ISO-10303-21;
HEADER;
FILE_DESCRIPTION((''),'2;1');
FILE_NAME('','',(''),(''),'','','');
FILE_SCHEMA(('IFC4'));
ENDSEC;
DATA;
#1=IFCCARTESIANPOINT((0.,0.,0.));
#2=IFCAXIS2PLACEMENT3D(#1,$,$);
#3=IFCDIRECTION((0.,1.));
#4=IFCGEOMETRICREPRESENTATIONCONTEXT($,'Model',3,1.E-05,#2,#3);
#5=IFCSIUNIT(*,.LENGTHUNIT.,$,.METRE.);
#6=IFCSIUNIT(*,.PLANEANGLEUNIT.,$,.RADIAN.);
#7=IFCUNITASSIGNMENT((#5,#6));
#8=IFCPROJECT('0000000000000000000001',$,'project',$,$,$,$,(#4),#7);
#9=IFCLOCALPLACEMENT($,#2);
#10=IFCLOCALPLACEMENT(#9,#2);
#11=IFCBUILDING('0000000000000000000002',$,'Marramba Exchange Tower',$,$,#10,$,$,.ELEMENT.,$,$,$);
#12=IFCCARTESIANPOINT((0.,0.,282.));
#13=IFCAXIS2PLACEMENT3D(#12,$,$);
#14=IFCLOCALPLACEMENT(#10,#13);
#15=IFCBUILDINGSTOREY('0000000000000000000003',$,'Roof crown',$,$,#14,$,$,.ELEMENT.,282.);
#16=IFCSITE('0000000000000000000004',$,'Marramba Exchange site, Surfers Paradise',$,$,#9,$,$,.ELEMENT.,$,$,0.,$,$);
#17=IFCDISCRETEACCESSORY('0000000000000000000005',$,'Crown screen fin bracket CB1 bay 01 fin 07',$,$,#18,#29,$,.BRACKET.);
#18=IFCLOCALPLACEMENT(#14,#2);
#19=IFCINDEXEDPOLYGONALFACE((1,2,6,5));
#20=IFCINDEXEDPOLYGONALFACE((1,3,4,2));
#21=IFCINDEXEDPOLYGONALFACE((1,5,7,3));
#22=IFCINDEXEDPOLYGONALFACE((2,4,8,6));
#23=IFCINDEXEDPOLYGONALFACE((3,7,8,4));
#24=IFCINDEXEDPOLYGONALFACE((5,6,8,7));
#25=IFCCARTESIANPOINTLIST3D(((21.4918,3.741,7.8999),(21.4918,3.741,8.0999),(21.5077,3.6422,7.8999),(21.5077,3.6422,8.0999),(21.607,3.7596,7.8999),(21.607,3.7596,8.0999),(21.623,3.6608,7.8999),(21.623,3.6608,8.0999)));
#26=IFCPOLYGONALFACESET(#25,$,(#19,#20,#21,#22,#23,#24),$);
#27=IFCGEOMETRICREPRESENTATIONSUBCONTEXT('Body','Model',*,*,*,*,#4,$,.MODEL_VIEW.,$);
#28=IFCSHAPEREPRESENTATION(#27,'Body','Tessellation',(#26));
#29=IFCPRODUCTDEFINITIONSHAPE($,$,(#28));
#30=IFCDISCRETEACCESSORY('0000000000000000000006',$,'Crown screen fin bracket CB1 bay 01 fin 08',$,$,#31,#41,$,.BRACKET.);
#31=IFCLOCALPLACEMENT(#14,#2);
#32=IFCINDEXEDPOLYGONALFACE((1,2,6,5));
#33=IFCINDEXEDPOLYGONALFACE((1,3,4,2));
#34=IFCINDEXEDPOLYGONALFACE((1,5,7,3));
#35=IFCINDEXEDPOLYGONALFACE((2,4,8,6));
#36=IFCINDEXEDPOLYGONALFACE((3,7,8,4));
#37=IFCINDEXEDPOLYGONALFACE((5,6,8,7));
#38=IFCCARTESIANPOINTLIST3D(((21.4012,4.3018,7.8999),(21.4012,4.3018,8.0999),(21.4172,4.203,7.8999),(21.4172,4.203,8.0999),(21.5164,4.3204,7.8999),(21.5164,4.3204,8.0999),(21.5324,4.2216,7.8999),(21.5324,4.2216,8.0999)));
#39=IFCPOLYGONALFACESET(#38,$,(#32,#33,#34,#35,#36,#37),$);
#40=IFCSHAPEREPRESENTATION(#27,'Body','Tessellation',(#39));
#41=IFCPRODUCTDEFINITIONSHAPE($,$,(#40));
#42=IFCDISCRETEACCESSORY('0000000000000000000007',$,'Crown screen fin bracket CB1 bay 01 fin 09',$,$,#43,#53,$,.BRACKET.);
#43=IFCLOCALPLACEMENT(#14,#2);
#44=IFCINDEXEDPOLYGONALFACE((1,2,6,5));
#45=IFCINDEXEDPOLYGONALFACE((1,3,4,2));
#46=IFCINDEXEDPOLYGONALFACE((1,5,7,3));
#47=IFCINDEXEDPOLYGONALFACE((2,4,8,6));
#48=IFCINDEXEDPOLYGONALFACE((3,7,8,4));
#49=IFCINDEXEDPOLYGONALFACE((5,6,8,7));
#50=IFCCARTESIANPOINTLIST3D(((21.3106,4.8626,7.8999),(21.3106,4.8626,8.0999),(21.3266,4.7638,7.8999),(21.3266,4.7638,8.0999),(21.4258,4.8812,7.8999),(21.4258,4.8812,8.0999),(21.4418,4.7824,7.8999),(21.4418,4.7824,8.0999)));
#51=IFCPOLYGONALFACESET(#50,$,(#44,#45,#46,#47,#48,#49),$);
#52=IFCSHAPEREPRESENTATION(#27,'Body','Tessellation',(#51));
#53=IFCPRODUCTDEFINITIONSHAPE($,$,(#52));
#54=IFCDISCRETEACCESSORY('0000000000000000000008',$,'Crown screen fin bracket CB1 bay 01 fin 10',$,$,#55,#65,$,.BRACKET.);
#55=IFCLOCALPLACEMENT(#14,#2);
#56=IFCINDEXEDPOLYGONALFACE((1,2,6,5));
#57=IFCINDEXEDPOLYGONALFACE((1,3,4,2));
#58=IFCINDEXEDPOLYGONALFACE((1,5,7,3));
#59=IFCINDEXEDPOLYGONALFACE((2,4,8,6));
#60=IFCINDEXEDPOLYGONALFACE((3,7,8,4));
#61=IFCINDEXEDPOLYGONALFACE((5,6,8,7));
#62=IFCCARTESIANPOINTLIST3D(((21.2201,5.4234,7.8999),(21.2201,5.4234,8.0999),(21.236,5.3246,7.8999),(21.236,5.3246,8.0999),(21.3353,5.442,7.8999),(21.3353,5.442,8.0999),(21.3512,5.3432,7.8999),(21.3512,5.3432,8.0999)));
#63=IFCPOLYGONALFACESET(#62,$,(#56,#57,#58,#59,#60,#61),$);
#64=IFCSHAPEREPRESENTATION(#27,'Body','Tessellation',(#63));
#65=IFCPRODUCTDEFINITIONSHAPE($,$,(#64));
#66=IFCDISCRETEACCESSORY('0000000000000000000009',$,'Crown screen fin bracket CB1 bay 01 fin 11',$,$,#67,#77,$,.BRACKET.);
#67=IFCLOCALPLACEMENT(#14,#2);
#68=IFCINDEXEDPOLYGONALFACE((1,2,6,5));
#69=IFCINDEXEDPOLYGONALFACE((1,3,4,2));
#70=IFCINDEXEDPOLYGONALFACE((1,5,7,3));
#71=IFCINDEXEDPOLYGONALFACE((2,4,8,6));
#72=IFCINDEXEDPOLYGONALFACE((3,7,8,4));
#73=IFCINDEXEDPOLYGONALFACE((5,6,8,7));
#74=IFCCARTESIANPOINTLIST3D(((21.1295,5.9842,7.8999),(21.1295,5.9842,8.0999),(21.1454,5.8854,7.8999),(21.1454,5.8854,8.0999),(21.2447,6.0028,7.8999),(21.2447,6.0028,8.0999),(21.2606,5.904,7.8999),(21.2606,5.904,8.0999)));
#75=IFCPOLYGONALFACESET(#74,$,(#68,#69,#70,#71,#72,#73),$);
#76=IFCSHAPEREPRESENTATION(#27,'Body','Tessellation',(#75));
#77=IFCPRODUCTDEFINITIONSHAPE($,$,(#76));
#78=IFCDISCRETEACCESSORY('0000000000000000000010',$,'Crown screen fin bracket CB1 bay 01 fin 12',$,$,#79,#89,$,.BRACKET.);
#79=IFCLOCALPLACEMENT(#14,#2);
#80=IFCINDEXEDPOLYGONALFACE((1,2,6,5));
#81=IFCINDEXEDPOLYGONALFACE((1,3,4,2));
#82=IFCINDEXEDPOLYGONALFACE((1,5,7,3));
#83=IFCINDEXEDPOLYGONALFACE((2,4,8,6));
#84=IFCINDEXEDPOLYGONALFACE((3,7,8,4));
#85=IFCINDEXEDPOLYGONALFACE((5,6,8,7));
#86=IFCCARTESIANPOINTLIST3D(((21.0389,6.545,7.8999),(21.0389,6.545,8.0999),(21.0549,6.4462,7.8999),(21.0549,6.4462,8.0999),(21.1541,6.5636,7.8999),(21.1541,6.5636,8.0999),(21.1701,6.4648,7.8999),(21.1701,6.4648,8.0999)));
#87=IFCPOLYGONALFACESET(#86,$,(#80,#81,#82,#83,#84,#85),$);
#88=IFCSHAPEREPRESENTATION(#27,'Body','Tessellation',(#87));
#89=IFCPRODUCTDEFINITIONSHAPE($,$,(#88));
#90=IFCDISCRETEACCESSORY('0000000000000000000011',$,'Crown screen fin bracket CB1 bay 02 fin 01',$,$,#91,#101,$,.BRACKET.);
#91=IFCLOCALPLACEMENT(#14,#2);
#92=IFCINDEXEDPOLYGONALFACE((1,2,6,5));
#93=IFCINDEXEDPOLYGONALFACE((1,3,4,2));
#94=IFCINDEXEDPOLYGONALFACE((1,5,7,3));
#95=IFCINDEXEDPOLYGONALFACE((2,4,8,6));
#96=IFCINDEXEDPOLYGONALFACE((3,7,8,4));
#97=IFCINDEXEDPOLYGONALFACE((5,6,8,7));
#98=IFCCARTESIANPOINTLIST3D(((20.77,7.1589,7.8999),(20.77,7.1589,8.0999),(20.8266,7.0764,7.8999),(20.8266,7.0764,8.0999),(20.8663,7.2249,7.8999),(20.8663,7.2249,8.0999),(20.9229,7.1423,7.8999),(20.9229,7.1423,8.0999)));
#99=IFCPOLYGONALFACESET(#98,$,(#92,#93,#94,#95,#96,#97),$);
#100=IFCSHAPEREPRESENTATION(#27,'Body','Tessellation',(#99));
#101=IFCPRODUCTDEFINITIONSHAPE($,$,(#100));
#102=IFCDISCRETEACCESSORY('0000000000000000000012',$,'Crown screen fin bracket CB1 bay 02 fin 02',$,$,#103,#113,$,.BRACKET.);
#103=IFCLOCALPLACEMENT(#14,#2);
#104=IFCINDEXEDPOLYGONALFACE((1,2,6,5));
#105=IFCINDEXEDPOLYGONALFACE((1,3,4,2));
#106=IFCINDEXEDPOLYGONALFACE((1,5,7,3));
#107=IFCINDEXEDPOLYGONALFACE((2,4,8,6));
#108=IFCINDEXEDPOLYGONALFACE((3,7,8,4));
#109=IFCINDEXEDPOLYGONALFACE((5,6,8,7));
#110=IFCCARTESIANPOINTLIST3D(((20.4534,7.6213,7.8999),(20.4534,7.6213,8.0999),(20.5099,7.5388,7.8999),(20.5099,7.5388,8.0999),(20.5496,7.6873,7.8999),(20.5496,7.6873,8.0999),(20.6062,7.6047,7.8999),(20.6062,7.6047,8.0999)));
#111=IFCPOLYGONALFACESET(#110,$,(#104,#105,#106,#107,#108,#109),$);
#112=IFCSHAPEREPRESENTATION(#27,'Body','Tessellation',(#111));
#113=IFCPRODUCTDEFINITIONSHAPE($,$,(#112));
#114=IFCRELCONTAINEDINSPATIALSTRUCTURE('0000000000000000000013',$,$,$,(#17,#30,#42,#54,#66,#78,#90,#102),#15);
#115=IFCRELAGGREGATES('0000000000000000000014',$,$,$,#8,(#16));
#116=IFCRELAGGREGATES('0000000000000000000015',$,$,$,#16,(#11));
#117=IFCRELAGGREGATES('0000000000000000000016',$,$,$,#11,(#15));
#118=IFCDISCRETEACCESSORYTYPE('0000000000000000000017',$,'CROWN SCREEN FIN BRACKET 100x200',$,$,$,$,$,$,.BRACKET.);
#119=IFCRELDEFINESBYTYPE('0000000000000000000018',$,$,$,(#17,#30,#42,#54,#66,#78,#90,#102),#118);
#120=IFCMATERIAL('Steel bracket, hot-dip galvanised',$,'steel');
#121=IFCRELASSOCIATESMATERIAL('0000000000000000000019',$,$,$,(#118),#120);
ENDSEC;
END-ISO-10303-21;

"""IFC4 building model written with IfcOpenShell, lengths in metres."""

from ifc_helpers import new_model, si_unit, direction, frame, origin, origin_2d, place, context, subcontext, project, spatial, rectangle, extrude, material, type_object, element, save


model = new_model("IFC4")

# Units and contexts
model_context = context("Model", 3, precision=1e-05, world=origin(), true_north=direction((0.0, 1.0)))
body_context = subcontext(model_context, "Body", "Model", "MODEL_VIEW")
ifc_project = project(units=[si_unit("LENGTHUNIT", "METRE"), si_unit("PLANEANGLEUNIT", "RADIAN")], contexts=[model_context])

# Site, building, storey
site_placement = place(None, origin())
site = spatial("IfcSite", under=ifc_project, at=site_placement, Name="Marramba Exchange site, Surfers Paradise", CompositionType="ELEMENT", RefElevation=0.0)
building_placement = place(site_placement, origin())
building = spatial("IfcBuilding", under=site, at=building_placement, Name="Marramba Exchange Tower", CompositionType="ELEMENT")
storey_placement = place(building_placement, frame((0.0, 0.0, 282.0)))
storey = spatial("IfcBuildingStorey", under=building, at=storey_placement, Name="Roof crown", CompositionType="ELEMENT", Elevation=282.0)

# Discrete accessories
ifc_material_1 = material(Name="Steel bracket, hot-dip galvanised", Category="steel")
discrete_accessory_type_1 = type_object("IfcDiscreteAccessoryType", Name="CROWN SCREEN FIN BRACKET 100x200", PredefinedType="BRACKET", material=ifc_material_1)
for number, where, z_axis, x_axis, name in (
    (1, (21.5574, 3.7009, 7.8999), (0.0, 0.0, 1.0), (-0.159394, 0.987215, 0.0), "Crown screen fin bracket CB1 bay 01 fin 07"),
    (2, (21.4668, 4.2617, 7.8999), (0.0, 0.0, 1.0), (-0.159394, 0.987215, 0.0), "Crown screen fin bracket CB1 bay 01 fin 08"),
    (3, (21.3762, 4.8225, 7.8999), (0.0, 0.0, 1.0), (-0.159394, 0.987215, 0.0), "Crown screen fin bracket CB1 bay 01 fin 09"),
    (4, (21.2856, 5.3833, 7.8999), (0.0, 0.0, 1.0), (-0.159394, 0.987215, 0.0), "Crown screen fin bracket CB1 bay 01 fin 10"),
    (5, (21.1951, 5.9441, 7.8999), (0.0, 0.0, 1.0), (-0.159394, 0.987215, 0.0), "Crown screen fin bracket CB1 bay 01 fin 11"),
    (6, (21.1045, 6.5049, 7.8999), (0.0, 0.0, 1.0), (-0.159394, 0.987215, 0.0), "Crown screen fin bracket CB1 bay 01 fin 12"),
    (7, (20.8464, 7.1506, 7.8999), (0.0, 0.0, 1.0), (-0.565176, 0.82497, 0.0), "Crown screen fin bracket CB1 bay 02 fin 01"),
    (8, (20.5298, 7.613, 7.8999), (0.0, 0.0, 1.0), (-0.565176, 0.82497, 0.0), "Crown screen fin bracket CB1 bay 02 fin 02"),
):
    element("IfcDiscreteAccessory", number, at=place(storey_placement, frame(where, z_axis=z_axis, x_axis=x_axis)), inside=storey, type_object=discrete_accessory_type_1, Name=name, PredefinedType="BRACKET", context=body_context, shape_type="SweptSolid", body=[
        extrude(rectangle(XDim=0.1001, YDim=0.1167, at=origin_2d()), origin(), (0.0, 0.0, 1.0), 0.2),
    ])

save(model, "model.ifc")
